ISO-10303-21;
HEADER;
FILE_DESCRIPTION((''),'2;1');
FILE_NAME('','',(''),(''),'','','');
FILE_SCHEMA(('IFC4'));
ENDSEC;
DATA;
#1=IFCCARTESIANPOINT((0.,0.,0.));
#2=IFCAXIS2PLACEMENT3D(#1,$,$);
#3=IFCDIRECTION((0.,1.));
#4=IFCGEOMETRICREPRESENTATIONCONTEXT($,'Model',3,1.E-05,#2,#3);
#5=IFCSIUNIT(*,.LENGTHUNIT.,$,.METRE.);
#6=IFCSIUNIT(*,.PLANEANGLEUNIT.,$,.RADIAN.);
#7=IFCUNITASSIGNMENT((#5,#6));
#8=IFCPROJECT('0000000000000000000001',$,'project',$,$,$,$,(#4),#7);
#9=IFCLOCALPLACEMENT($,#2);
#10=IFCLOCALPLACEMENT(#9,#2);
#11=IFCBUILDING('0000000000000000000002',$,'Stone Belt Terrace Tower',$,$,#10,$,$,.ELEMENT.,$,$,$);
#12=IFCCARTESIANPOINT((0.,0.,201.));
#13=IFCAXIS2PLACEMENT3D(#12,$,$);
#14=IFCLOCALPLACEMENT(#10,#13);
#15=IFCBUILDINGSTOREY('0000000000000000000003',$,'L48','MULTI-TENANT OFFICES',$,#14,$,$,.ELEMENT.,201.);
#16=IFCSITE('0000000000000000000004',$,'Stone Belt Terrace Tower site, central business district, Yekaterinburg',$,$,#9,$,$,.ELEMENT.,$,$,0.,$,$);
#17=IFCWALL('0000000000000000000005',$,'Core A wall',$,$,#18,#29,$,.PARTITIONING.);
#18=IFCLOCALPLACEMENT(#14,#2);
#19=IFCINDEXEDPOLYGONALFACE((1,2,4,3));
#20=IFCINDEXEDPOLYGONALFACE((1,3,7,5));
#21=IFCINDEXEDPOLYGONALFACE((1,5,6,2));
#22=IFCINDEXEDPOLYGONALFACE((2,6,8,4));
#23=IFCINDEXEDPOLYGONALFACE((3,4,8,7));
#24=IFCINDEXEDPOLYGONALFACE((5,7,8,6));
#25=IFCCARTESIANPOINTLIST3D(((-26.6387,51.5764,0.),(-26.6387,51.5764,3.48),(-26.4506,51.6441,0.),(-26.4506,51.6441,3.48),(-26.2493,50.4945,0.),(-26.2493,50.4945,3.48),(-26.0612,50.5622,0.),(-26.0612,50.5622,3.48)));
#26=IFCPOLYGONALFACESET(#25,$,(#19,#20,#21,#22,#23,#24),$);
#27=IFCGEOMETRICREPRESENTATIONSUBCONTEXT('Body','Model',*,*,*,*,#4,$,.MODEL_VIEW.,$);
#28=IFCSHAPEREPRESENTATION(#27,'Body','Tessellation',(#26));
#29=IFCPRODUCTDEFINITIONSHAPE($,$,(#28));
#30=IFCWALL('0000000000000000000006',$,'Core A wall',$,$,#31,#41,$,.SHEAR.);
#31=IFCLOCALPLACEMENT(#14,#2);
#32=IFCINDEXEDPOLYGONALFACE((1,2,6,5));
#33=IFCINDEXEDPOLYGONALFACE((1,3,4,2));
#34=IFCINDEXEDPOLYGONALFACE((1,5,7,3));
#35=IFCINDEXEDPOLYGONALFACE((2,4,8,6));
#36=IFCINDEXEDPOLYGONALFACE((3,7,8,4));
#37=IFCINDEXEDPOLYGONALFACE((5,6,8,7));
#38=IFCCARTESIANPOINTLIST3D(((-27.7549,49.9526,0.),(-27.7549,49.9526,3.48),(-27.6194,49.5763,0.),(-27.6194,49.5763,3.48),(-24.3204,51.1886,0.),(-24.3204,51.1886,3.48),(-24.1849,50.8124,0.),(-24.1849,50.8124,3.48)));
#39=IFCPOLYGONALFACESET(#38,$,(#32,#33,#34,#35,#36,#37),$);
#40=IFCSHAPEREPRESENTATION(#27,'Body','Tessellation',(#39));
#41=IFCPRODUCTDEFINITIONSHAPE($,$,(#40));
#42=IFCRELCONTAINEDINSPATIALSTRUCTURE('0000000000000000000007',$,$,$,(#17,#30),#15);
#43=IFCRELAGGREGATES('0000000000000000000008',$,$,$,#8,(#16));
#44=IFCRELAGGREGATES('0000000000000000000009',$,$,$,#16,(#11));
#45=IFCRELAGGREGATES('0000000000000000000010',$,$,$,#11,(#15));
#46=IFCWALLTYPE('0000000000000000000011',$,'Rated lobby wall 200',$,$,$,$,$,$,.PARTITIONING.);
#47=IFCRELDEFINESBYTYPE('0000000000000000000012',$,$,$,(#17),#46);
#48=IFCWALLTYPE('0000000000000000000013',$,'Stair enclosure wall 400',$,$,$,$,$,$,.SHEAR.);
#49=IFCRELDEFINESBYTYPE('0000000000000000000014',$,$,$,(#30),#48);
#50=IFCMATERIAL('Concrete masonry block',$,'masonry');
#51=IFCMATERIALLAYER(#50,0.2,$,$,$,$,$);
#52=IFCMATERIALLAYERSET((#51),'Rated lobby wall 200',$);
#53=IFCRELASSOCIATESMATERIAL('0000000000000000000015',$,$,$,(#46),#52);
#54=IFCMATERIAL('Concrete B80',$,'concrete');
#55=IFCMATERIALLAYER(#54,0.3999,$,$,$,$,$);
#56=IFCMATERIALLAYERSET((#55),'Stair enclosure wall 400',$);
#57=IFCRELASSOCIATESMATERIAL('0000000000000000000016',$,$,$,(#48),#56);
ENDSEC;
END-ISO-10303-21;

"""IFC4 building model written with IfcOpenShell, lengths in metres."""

from ifc_helpers import new_model, si_unit, direction, frame, frame_2d, origin, place, context, subcontext, project, spatial, rectangle, extrude, material, layer, layer_set, type_object, element, save


model = new_model("IFC4")

# Units and contexts
model_context = context("Model", 3, precision=1e-05, world=origin(), true_north=direction((0.0, 1.0)))
body_context = subcontext(model_context, "Body", "Model", "MODEL_VIEW")
ifc_project = project(units=[si_unit("LENGTHUNIT", "METRE"), si_unit("PLANEANGLEUNIT", "RADIAN")], contexts=[model_context])

# Site, building, storey
site_placement = place(None, origin())
site = spatial("IfcSite", under=ifc_project, at=site_placement, Name="Stone Belt Terrace Tower site, central business district, Yekaterinburg", CompositionType="ELEMENT", RefElevation=0.0)
building_placement = place(site_placement, origin())
building = spatial("IfcBuilding", under=site, at=building_placement, Name="Stone Belt Terrace Tower", CompositionType="ELEMENT")
storey_placement = place(building_placement, frame((0.0, 0.0, 201.0)))
storey = spatial("IfcBuildingStorey", under=building, at=storey_placement, Name="L48", Description="MULTI-TENANT OFFICES", CompositionType="ELEMENT", Elevation=201.0)

# Shared definitions
ifc_material_1 = material(Name="Concrete B80", Category="concrete")

# Walls
ifc_material_2 = material(Name="Concrete masonry block", Category="masonry")
ifc_layer_1 = layer(ifc_material_2, 0.2)
ifc_layer_set_1 = layer_set([ifc_layer_1], Name="Rated lobby wall 200")
wall_type_1 = type_object("IfcWallType", Name="Rated lobby wall 200", PredefinedType="PARTITIONING", material=ifc_layer_set_1)
wall_1_placement = place(storey_placement, frame((-26.1553, 50.5283, 0.0), z_axis=(0.0, 0.0, 1.0), x_axis=(-0.338622, 0.940923, 0.0)))
element("IfcWall", 1, at=wall_1_placement, inside=storey, type_object=wall_type_1, Name="Core A wall", PredefinedType="PARTITIONING", context=body_context, shape_type="SweptSolid", body=[
    extrude(rectangle(XDim=1.1499, YDim=0.2, at=frame_2d((0.575, 0.0))), origin(), (0.0, 0.0, 1.0), 3.48),
])
ifc_layer_2 = layer(ifc_material_1, 0.3999)
ifc_layer_set_2 = layer_set([ifc_layer_2], Name="Stair enclosure wall 400")
wall_type_2 = type_object("IfcWallType", Name="Stair enclosure wall 400", PredefinedType="SHEAR", material=ifc_layer_set_2)
wall_2_placement = place(storey_placement, frame((-27.6873, 49.7644, 0.0), z_axis=(0.0, 0.0, 1.0), x_axis=(0.940919, 0.338632, 0.0)))
element("IfcWall", 2, at=wall_2_placement, inside=storey, type_object=wall_type_2, Name="Core A wall", PredefinedType="SHEAR", context=body_context, shape_type="SweptSolid", body=[
    extrude(rectangle(XDim=3.6501, YDim=0.3999, at=frame_2d((1.8252, 0.0))), origin(), (0.0, 0.0, 1.0), 3.48),
])

save(model, "model.ifc")
